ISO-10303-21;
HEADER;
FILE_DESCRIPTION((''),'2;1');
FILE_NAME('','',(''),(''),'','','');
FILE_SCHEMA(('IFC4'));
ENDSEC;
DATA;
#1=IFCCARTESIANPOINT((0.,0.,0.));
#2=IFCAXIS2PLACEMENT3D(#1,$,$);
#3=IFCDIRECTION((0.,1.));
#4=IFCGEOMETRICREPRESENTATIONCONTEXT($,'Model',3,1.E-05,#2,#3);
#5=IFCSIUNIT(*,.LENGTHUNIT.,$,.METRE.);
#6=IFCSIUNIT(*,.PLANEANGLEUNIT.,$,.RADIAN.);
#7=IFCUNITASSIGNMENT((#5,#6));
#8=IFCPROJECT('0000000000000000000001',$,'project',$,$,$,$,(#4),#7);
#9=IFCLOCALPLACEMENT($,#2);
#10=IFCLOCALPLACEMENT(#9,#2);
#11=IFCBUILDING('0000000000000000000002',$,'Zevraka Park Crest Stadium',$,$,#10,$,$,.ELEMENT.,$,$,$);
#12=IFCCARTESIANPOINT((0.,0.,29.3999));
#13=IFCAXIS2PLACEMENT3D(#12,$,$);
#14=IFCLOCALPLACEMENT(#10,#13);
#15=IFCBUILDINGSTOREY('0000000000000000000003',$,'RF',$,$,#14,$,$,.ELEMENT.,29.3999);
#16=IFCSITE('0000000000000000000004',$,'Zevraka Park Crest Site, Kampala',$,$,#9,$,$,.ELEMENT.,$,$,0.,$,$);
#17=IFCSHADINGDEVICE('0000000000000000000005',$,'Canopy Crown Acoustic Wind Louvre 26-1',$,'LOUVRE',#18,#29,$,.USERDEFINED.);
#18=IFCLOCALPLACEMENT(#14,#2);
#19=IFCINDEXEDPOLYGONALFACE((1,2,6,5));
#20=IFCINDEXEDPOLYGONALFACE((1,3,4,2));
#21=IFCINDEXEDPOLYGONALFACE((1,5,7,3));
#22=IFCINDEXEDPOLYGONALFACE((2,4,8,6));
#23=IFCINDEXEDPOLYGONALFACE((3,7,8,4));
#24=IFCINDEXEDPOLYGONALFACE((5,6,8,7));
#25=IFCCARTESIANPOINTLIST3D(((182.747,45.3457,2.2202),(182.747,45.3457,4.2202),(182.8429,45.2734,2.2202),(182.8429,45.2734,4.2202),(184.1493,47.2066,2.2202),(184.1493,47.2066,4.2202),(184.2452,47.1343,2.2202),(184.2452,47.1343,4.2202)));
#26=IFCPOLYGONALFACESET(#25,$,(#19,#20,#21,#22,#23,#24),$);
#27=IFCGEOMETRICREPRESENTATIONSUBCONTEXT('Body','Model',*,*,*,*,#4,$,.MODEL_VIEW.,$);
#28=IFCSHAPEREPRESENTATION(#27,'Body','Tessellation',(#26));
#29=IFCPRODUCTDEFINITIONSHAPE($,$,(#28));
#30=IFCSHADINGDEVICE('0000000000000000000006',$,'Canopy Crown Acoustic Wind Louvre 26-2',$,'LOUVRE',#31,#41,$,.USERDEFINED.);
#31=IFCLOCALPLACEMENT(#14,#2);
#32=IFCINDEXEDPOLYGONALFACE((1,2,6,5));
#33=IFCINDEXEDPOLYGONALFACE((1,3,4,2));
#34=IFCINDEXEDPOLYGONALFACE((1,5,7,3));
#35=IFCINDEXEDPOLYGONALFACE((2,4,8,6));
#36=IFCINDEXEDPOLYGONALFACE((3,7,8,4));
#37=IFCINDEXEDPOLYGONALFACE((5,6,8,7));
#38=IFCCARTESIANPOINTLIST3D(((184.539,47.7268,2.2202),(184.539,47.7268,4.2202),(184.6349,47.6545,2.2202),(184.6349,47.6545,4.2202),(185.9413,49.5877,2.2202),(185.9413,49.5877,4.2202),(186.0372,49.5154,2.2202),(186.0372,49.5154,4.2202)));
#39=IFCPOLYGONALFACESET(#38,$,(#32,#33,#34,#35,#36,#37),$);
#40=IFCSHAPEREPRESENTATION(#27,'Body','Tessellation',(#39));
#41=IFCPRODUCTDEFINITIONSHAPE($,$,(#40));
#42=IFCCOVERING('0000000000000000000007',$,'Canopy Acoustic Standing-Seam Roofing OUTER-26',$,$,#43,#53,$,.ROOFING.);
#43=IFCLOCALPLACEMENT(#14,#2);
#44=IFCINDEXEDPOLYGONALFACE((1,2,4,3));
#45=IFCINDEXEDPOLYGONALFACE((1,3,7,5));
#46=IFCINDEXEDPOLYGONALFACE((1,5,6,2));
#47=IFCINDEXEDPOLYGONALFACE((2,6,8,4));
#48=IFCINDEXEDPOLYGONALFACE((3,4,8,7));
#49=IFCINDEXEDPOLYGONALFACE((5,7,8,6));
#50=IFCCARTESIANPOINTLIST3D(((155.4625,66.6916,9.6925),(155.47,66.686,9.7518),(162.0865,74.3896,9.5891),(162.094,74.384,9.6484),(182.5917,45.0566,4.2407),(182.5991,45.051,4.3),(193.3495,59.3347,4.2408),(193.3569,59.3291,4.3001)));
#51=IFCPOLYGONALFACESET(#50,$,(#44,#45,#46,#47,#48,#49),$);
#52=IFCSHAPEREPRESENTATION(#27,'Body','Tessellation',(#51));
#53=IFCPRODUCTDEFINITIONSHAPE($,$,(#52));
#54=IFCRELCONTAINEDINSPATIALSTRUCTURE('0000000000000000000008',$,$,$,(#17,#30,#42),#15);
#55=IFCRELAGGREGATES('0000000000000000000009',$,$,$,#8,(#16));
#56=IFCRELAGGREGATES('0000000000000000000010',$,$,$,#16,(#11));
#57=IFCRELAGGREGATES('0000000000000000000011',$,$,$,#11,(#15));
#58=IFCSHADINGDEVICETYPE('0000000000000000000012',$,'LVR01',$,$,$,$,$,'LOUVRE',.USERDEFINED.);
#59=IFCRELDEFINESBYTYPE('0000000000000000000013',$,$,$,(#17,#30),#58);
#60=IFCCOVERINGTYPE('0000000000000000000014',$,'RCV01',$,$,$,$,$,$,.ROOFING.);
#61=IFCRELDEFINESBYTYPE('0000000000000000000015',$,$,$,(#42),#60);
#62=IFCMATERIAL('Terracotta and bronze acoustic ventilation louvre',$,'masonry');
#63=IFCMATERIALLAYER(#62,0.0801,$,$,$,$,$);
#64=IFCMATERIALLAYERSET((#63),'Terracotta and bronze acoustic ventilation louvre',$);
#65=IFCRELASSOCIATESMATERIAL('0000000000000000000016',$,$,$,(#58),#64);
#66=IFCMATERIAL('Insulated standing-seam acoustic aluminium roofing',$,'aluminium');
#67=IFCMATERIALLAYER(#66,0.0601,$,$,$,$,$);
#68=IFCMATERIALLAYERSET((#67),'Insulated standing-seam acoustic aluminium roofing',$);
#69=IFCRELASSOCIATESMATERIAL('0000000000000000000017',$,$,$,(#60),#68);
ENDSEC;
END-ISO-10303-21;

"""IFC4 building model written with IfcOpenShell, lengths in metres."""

from ifc_helpers import new_model, si_unit, direction, frame, origin, origin_2d, place, context, subcontext, project, spatial, polyline, rectangle, outline, extrude, material, layer, layer_set, type_object, element, save


model = new_model("IFC4")

# Units and contexts
model_context = context("Model", 3, precision=1e-05, world=origin(), true_north=direction((0.0, 1.0)))
body_context = subcontext(model_context, "Body", "Model", "MODEL_VIEW")
ifc_project = project(units=[si_unit("LENGTHUNIT", "METRE"), si_unit("PLANEANGLEUNIT", "RADIAN")], contexts=[model_context])

# Site, building, storey
site_placement = place(None, origin())
site = spatial("IfcSite", under=ifc_project, at=site_placement, Name="Zevraka Park Crest Site, Kampala", CompositionType="ELEMENT", RefElevation=0.0)
building_placement = place(site_placement, origin())
building = spatial("IfcBuilding", under=site, at=building_placement, Name="Zevraka Park Crest Stadium", CompositionType="ELEMENT")
storey_placement = place(building_placement, frame((0.0, 0.0, 29.3999)))
storey = spatial("IfcBuildingStorey", under=building, at=storey_placement, Name="RF", CompositionType="ELEMENT", Elevation=29.3999)

# Shading devices
ifc_material_1 = material(Name="Terracotta and bronze acoustic ventilation louvre", Category="masonry")
ifc_layer_1 = layer(ifc_material_1, 0.0801)
ifc_layer_set_1 = layer_set([ifc_layer_1], Name="Terracotta and bronze acoustic ventilation louvre")
shading_device_type = type_object("IfcShadingDeviceType", Name="LVR01", ElementType="LOUVRE", PredefinedType="USERDEFINED", material=ifc_layer_set_1)
for number, where, z_axis, x_axis, name in (
    (1, (183.4961, 46.24, 2.2202), (0.0, 0.0, 1.0), (0.601815, 0.798636, 0.0), "Canopy Crown Acoustic Wind Louvre 26-1"),
    (2, (185.2881, 48.6211, 2.2202), (0.0, 0.0, 1.0), (0.601815, 0.798636, 0.0), "Canopy Crown Acoustic Wind Louvre 26-2"),
):
    element("IfcShadingDevice", number, at=place(storey_placement, frame(where, z_axis=z_axis, x_axis=x_axis)), inside=storey, type_object=shading_device_type, Name=name, ObjectType="LOUVRE", PredefinedType="USERDEFINED", context=body_context, shape_type="SweptSolid", body=[
        extrude(rectangle(XDim=2.3301, YDim=0.1201, at=origin_2d()), origin(), (0.0, 0.0, 1.0), 2.0),
    ])

# Covering
ifc_material_2 = material(Name="Insulated standing-seam acoustic aluminium roofing", Category="aluminium")
ifc_layer_2 = layer(ifc_material_2, 0.0601)
ifc_layer_set_2 = layer_set([ifc_layer_2], Name="Insulated standing-seam acoustic aluminium roofing")
covering_type_1 = type_object("IfcCoveringType", Name="RCV01", PredefinedType="ROOFING", material=ifc_layer_set_2)
covering_1_placement = place(storey_placement, frame((182.5991, 45.051, 4.3), z_axis=(0.124004, -0.093438, 0.987873), x_axis=(0.601763, 0.798675, 0.000006)))
element("IfcCovering", 3, at=covering_1_placement, inside=storey, type_object=covering_type_1, Name="Canopy Acoustic Standing-Seam Roofing OUTER-26", PredefinedType="ROOFING", context=body_context, shape_type="SweptSolid", body=[
    extrude(outline(polyline([(0.0, 0.0), (17.8772, 0.0), (11.0884, 34.4462), (0.9541, 35.1123), (0.0, 0.0)])), origin(), (0.0, 0.0, -1.0), 0.0601),
])

save(model, "model.ifc")
